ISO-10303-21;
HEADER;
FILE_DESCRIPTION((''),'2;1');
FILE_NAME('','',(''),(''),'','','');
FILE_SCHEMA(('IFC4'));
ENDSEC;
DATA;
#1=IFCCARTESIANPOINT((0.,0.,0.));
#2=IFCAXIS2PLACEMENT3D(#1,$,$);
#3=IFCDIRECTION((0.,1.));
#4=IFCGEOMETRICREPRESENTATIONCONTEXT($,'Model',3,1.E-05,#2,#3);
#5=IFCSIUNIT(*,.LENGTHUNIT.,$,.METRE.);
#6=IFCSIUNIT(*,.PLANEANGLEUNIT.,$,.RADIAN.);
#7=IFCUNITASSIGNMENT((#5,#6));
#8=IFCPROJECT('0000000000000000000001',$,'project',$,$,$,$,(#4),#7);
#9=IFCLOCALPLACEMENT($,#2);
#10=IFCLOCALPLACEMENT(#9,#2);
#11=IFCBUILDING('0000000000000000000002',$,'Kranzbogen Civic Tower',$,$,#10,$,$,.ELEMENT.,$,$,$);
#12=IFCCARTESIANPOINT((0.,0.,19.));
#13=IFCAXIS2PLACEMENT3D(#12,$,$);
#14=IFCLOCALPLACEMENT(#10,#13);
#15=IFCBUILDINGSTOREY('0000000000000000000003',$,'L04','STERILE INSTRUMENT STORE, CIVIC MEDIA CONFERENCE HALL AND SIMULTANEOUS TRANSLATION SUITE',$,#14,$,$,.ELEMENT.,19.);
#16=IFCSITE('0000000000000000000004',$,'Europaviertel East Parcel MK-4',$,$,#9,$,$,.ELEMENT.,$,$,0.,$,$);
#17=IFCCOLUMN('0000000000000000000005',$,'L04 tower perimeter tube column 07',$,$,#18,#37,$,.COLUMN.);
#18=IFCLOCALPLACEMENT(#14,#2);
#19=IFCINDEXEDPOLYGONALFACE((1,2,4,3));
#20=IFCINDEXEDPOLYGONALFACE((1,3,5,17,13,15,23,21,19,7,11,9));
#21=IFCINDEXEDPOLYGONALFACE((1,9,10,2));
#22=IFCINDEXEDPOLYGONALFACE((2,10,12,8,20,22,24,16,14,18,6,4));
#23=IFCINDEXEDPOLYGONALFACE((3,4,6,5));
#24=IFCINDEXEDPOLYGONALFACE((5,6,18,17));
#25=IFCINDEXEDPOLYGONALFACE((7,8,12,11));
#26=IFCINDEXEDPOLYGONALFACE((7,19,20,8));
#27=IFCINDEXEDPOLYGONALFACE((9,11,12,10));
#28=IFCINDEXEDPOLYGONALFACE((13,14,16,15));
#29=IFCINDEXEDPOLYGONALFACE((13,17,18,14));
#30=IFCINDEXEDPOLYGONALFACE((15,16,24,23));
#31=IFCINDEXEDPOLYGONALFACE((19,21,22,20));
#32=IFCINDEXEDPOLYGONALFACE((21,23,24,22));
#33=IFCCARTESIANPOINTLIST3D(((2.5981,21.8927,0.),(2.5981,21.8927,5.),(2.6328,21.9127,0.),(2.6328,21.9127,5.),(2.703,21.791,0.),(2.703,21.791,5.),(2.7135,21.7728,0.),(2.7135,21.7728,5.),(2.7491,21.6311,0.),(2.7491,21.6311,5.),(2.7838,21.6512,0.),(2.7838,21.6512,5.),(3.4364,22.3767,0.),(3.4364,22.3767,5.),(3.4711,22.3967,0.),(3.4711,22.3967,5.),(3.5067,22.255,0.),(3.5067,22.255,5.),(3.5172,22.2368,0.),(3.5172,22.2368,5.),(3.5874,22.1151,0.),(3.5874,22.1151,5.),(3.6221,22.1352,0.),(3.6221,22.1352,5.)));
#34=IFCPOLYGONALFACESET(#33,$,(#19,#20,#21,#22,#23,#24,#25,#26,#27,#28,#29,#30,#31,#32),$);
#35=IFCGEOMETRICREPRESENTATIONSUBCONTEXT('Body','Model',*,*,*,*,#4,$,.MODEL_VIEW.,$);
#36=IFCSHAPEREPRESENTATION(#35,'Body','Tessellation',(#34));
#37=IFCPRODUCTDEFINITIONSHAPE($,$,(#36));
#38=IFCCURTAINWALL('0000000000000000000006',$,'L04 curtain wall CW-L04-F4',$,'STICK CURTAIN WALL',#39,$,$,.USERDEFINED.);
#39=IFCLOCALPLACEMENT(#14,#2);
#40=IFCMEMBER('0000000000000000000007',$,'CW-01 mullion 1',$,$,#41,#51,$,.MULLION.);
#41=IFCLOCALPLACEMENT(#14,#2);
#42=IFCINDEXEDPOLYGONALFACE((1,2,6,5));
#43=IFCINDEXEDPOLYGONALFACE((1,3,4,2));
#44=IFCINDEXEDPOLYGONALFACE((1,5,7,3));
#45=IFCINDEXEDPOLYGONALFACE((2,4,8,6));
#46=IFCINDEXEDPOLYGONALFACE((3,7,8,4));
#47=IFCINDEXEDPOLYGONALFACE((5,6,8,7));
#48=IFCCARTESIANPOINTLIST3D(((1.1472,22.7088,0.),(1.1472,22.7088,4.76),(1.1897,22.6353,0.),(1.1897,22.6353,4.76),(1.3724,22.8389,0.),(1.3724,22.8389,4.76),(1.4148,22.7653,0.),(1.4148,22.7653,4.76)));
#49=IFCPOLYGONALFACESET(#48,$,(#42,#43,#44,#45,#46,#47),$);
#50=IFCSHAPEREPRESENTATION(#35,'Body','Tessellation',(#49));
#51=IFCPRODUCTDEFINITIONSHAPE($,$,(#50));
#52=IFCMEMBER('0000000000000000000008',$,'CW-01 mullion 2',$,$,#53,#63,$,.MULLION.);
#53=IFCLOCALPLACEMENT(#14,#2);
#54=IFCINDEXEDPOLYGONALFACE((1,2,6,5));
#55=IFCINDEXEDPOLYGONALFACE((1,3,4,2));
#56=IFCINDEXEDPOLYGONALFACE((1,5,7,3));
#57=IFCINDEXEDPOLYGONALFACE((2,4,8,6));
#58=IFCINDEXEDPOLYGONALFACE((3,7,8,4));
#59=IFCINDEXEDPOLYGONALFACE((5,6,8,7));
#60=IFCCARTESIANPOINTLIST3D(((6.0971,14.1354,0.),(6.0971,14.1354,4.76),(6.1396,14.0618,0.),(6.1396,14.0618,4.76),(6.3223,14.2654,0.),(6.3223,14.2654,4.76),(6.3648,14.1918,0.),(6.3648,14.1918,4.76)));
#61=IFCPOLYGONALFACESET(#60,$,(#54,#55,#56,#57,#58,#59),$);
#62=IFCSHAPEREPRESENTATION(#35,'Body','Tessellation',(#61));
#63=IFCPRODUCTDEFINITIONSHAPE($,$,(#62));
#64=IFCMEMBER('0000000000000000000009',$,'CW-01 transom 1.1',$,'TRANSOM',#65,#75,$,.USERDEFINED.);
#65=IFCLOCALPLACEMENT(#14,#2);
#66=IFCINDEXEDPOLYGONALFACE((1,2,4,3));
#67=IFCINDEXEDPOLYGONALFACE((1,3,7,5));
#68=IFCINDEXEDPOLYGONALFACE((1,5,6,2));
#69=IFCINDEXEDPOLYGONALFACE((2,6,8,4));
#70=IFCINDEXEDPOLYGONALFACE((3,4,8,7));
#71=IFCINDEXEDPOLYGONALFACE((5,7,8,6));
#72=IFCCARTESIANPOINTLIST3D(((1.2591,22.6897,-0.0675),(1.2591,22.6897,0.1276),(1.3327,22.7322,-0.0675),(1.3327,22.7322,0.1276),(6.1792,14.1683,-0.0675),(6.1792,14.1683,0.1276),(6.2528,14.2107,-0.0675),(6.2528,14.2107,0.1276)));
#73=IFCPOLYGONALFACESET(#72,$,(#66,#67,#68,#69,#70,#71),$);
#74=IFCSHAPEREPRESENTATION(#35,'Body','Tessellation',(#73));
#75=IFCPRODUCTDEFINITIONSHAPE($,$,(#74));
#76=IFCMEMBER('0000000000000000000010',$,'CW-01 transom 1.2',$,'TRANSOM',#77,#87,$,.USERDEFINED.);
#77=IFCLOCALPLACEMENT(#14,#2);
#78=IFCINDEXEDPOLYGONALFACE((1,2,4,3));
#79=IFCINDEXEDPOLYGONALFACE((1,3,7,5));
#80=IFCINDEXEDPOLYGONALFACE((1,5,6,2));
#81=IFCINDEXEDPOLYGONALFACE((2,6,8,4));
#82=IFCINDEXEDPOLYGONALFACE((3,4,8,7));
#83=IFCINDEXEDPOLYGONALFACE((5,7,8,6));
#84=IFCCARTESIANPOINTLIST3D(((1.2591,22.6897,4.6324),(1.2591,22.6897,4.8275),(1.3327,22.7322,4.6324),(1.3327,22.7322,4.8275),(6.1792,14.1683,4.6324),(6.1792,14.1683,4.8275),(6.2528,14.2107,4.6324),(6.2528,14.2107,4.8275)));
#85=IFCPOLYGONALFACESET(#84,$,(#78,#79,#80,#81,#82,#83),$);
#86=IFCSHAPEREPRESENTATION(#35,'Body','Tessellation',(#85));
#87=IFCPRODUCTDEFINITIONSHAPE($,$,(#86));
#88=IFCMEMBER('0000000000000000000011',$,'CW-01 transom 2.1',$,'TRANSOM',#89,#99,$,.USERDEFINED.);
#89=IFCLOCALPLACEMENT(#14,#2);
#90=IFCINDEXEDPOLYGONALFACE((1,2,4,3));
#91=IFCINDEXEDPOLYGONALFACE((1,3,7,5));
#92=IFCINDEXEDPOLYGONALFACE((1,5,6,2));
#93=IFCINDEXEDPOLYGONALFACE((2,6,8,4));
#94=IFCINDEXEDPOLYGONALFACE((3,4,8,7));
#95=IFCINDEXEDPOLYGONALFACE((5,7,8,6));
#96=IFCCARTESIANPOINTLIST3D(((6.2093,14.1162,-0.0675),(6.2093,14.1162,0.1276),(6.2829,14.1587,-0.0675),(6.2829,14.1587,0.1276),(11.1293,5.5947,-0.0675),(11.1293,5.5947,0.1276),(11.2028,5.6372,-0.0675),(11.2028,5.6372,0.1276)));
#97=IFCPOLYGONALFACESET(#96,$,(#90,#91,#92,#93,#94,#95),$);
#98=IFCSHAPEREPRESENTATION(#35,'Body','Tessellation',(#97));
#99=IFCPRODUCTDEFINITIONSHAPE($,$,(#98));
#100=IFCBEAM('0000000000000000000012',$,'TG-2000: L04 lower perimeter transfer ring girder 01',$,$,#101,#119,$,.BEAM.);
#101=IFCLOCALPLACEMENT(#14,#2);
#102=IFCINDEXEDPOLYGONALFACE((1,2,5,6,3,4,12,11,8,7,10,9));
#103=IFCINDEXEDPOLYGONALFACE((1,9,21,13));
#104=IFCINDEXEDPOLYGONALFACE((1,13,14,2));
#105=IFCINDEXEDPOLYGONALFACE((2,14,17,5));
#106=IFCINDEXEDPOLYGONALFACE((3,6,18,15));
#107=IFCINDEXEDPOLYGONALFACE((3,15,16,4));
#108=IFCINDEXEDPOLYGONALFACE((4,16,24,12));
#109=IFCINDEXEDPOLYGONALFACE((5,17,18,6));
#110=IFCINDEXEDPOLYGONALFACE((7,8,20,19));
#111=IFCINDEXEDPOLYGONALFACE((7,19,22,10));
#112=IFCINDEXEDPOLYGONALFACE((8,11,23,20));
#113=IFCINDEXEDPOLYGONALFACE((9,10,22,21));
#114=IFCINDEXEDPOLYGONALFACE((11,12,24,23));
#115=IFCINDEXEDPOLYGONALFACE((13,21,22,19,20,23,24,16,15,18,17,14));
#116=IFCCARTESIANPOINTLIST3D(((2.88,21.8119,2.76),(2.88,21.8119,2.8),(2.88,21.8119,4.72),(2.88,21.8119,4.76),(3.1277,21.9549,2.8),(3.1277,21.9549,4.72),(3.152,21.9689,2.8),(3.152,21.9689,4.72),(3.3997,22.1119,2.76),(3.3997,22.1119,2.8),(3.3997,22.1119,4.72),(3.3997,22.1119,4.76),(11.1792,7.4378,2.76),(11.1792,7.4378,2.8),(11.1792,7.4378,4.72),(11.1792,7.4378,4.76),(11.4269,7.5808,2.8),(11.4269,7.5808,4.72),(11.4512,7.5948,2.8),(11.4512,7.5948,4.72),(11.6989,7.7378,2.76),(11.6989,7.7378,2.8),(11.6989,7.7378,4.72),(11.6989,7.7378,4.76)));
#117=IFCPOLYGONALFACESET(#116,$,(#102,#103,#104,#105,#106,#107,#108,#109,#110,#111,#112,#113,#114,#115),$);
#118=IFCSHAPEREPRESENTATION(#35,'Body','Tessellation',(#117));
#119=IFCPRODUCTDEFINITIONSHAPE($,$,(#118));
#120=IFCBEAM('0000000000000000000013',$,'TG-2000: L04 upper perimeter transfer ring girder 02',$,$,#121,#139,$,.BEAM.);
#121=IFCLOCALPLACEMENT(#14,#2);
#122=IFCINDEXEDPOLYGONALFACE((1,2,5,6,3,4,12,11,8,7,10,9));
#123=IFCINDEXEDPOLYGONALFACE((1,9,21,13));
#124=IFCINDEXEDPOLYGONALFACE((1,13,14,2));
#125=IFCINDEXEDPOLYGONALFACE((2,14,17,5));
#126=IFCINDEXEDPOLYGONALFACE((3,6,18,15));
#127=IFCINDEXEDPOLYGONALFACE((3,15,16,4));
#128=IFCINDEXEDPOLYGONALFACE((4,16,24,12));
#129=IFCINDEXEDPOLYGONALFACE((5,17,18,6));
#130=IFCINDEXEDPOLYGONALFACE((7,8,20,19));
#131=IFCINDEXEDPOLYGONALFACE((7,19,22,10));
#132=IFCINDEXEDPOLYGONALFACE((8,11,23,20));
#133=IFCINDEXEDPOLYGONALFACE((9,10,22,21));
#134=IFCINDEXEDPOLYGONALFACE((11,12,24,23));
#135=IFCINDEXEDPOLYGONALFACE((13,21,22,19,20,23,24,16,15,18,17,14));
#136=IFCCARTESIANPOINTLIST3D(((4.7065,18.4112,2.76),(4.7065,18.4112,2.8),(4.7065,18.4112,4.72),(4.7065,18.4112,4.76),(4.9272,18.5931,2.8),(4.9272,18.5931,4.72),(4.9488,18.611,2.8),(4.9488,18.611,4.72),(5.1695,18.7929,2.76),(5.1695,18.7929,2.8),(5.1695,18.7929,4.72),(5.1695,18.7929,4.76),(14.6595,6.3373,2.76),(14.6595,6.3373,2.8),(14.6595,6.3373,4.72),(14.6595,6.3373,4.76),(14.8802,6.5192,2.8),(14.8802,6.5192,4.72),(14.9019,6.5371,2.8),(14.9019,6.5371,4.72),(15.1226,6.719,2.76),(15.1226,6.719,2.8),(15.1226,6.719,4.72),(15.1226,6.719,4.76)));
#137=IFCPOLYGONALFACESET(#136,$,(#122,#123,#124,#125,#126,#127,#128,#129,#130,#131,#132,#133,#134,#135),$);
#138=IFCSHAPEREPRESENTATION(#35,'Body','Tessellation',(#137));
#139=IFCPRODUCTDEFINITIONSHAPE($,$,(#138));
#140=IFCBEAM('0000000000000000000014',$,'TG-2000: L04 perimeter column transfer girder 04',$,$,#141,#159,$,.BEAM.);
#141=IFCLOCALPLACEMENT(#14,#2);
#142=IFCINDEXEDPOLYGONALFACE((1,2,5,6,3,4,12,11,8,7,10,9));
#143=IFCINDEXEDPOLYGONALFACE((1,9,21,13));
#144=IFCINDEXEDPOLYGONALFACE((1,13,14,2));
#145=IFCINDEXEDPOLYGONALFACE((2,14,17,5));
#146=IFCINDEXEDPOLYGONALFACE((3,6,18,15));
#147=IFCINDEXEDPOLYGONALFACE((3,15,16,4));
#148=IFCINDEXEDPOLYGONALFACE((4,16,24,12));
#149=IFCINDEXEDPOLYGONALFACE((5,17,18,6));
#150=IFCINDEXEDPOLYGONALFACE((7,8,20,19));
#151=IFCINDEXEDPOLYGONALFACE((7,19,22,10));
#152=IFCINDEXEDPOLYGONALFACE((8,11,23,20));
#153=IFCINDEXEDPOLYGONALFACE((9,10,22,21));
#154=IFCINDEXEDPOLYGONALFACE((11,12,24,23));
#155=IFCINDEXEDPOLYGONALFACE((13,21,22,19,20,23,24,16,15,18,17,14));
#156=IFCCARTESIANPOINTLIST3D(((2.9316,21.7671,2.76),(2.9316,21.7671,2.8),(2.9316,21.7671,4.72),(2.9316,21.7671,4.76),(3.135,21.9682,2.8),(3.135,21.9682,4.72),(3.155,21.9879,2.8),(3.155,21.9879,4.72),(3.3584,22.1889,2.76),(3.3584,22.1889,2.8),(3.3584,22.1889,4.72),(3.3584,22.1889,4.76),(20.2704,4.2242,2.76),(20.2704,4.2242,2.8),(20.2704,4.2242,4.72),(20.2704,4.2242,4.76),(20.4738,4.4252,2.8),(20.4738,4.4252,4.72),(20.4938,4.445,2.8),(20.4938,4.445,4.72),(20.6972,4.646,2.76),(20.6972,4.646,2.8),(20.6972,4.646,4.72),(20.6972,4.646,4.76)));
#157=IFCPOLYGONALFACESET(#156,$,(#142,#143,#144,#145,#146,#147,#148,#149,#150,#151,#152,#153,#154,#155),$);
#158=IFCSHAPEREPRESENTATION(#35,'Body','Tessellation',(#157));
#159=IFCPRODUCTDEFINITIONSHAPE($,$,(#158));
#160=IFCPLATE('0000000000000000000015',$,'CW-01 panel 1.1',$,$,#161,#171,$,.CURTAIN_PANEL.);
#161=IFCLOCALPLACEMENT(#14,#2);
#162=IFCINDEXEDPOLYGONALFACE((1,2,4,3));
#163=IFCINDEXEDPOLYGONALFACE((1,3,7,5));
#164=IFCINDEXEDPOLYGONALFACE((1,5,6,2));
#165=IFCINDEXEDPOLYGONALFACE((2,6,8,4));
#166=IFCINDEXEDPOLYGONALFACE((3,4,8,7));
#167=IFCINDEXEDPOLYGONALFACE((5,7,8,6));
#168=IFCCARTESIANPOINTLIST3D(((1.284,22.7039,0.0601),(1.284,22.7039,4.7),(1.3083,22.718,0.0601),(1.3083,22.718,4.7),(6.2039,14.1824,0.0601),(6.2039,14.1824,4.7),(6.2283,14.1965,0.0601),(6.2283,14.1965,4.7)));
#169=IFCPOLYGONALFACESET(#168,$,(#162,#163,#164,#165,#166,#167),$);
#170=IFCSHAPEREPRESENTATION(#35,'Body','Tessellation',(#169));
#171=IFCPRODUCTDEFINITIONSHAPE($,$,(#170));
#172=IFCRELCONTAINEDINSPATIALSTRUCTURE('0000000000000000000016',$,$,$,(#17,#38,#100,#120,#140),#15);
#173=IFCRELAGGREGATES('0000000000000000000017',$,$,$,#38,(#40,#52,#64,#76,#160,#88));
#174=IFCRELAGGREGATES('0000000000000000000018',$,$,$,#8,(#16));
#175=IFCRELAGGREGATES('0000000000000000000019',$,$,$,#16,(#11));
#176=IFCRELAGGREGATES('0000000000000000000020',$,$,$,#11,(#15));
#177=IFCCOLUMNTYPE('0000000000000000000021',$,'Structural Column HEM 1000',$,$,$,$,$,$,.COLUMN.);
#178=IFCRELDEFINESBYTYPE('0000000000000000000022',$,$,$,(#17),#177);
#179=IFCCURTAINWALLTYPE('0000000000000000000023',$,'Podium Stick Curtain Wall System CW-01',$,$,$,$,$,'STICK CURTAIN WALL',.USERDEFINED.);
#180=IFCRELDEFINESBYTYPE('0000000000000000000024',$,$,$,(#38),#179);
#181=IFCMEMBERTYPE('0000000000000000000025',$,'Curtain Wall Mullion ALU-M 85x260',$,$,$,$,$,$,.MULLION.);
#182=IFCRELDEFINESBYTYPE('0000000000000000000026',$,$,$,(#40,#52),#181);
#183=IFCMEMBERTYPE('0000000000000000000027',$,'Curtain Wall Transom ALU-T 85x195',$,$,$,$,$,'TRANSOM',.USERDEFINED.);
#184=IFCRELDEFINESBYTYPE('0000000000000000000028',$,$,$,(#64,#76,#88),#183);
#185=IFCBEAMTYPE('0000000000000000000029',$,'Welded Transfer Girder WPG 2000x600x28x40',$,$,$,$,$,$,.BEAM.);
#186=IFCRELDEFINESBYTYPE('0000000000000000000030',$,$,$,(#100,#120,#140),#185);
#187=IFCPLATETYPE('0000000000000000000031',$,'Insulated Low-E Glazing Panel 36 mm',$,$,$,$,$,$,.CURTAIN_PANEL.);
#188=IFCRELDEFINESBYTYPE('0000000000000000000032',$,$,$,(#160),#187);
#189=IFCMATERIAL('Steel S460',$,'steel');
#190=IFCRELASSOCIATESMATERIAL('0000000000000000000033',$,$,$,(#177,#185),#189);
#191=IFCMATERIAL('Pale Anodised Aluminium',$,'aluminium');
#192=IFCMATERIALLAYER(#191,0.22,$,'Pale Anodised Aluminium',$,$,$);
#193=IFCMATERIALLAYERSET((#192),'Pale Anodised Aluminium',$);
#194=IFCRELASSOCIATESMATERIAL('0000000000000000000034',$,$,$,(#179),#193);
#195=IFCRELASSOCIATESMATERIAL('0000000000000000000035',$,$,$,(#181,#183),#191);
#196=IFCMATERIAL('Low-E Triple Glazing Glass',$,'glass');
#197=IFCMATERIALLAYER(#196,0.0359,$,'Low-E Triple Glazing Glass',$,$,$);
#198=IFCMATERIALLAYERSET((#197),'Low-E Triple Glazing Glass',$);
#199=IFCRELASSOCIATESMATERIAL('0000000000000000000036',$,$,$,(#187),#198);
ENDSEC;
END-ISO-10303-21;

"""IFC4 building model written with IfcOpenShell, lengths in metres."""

from ifc_helpers import new_model, si_unit, direction, frame, origin, origin_2d, place, context, subcontext, project, spatial, rectangle, i_section, extrude, material, layer, layer_set, material_profile, profile_set, type_object, element, aggregate, save


model = new_model("IFC4")

# Units and contexts
model_context = context("Model", 3, precision=1e-05, world=origin(), true_north=direction((0.0, 1.0)))
body_context = subcontext(model_context, "Body", "Model", "MODEL_VIEW")
ifc_project = project(units=[si_unit("LENGTHUNIT", "METRE"), si_unit("PLANEANGLEUNIT", "RADIAN")], contexts=[model_context])

# Site, building, storey
site_placement = place(None, origin())
site = spatial("IfcSite", under=ifc_project, at=site_placement, Name="Europaviertel East Parcel MK-4", CompositionType="ELEMENT", RefElevation=0.0)
building_placement = place(site_placement, origin())
building = spatial("IfcBuilding", under=site, at=building_placement, Name="Kranzbogen Civic Tower", CompositionType="ELEMENT")
storey_placement = place(building_placement, frame((0.0, 0.0, 19.0)))
storey = spatial("IfcBuildingStorey", under=building, at=storey_placement, Name="L04", Description="STERILE INSTRUMENT STORE, CIVIC MEDIA CONFERENCE HALL AND SIMULTANEOUS TRANSLATION SUITE", CompositionType="ELEMENT", Elevation=19.0)

# Column
ifc_material_1 = material(Name="Steel S460", Category="steel")
ifc_material_profile_1 = material_profile(ifc_material_1, i_section(OverallWidth=0.302, OverallDepth=1.0081, WebThickness=0.021, FlangeThickness=0.04, at=origin_2d()), Name="HEM 1000")
ifc_profile_set_1 = profile_set([ifc_material_profile_1], Name="Steel S460")
column_type = type_object("IfcColumnType", Name="Structural Column HEM 1000", PredefinedType="COLUMN", material=ifc_profile_set_1)
column_placement = place(storey_placement, frame((3.1101, 22.0139, 0.0), z_axis=(0.0, 0.0, 1.0), x_axis=(-0.5, 0.866025, 0.0)))
element("IfcColumn", 1, at=column_placement, inside=storey, type_object=column_type, Name="L04 tower perimeter tube column 07", PredefinedType="COLUMN", context=body_context, shape_type="SweptSolid", body=[
    extrude(i_section(OverallWidth=0.302, OverallDepth=1.0081, WebThickness=0.021, FlangeThickness=0.04, at=origin_2d()), origin(), (0.0, 0.0, 1.0), 5.0),
])

# Curtain wall, members
ifc_material_2 = material(Name="Pale Anodised Aluminium", Category="aluminium")
ifc_layer_1 = layer(ifc_material_2, 0.22, Name="Pale Anodised Aluminium")
ifc_layer_set_1 = layer_set([ifc_layer_1], Name="Pale Anodised Aluminium")
curtain_wall_type = type_object("IfcCurtainWallType", Name="Podium Stick Curtain Wall System CW-01", ElementType="STICK CURTAIN WALL", PredefinedType="USERDEFINED", material=ifc_layer_set_1)
curtain_wall_placement = place(storey_placement, origin())
curtain_wall = element("IfcCurtainWall", 2, at=curtain_wall_placement, inside=storey, type_object=curtain_wall_type, Name="L04 curtain wall CW-L04-F4", ObjectType="STICK CURTAIN WALL", PredefinedType="USERDEFINED")
ifc_material_profile_2 = material_profile(ifc_material_2, rectangle(XDim=0.085, YDim=0.26, at=origin_2d()), Name="ALU-M 85x260")
ifc_profile_set_2 = profile_set([ifc_material_profile_2], Name="Pale Anodised Aluminium")
member_type_1 = type_object("IfcMemberType", Name="Curtain Wall Mullion ALU-M 85x260", PredefinedType="MULLION", material=ifc_profile_set_2)
member_1_placement = place(storey_placement, frame((1.281, 22.7371, 0.0), z_axis=(0.0, 0.0, 1.0), x_axis=(0.500006, -0.866022, 0.0)))
member_1 = element("IfcMember", 3, at=member_1_placement, type_object=member_type_1, Name="CW-01 mullion 1", PredefinedType="MULLION", context=body_context, shape_type="SweptSolid", body=[
    extrude(rectangle(XDim=0.085, YDim=0.26, at=origin_2d()), origin(), (0.0, 0.0, 1.0), 4.76),
])
member_2_placement = place(storey_placement, frame((6.231, 14.1636, 0.0), z_axis=(0.0, 0.0, 1.0), x_axis=(0.500006, -0.866022, 0.0)))
member_2 = element("IfcMember", 4, at=member_2_placement, type_object=member_type_1, Name="CW-01 mullion 2", PredefinedType="MULLION", context=body_context, shape_type="SweptSolid", body=[
    extrude(rectangle(XDim=0.085, YDim=0.26, at=origin_2d()), origin(), (0.0, 0.0, 1.0), 4.76),
])
ifc_material_profile_3 = material_profile(ifc_material_2, rectangle(XDim=0.085, YDim=0.1951, at=origin_2d()), Name="ALU-T 85x195")
ifc_profile_set_3 = profile_set([ifc_material_profile_3], Name="Pale Anodised Aluminium")
member_type_2 = type_object("IfcMemberType", Name="Curtain Wall Transom ALU-T 85x195", ElementType="TRANSOM", PredefinedType="USERDEFINED", material=ifc_profile_set_3)
member_3_placement = place(storey_placement, frame((1.2959, 22.7109, 0.03), z_axis=(0.500022, -0.866013, 0.0), x_axis=(0.866013, 0.500022, 0.0)))
member_3 = element("IfcMember", 5, at=member_3_placement, type_object=member_type_2, Name="CW-01 transom 1.1", ObjectType="TRANSOM", PredefinedType="USERDEFINED", context=body_context, shape_type="SweptSolid", body=[
    extrude(rectangle(XDim=0.085, YDim=0.1951, at=origin_2d()), origin(), (0.0, 0.0, 1.0), 9.8398),
])
member_4_placement = place(storey_placement, frame((1.2959, 22.7109, 4.73), z_axis=(0.500022, -0.866013, 0.0), x_axis=(0.866013, 0.500022, 0.0)))
member_4 = element("IfcMember", 6, at=member_4_placement, type_object=member_type_2, Name="CW-01 transom 1.2", ObjectType="TRANSOM", PredefinedType="USERDEFINED", context=body_context, shape_type="SweptSolid", body=[
    extrude(rectangle(XDim=0.085, YDim=0.1951, at=origin_2d()), origin(), (0.0, 0.0, 1.0), 9.8398),
])
member_5_placement = place(storey_placement, frame((6.2461, 14.1375, 0.03), z_axis=(0.500003, -0.866024, 0.0), x_axis=(0.866024, 0.500003, 0.0)))
member_5 = element("IfcMember", 7, at=member_5_placement, type_object=member_type_2, Name="CW-01 transom 2.1", ObjectType="TRANSOM", PredefinedType="USERDEFINED", context=body_context, shape_type="SweptSolid", body=[
    extrude(rectangle(XDim=0.085, YDim=0.1951, at=origin_2d()), origin(), (0.0, 0.0, 1.0), 9.8398),
])

# Beams
ifc_material_profile_4 = material_profile(ifc_material_1, i_section(OverallWidth=0.6001, OverallDepth=2.0, WebThickness=0.0281, FlangeThickness=0.04, at=origin_2d()), Name="WPG 2000x600x28x40")
ifc_profile_set_4 = profile_set([ifc_material_profile_4], Name="Steel S460")
beam_type = type_object("IfcBeamType", Name="Welded Transfer Girder WPG 2000x600x28x40", PredefinedType="BEAM", material=ifc_profile_set_4)
beam_1_placement = place(storey_placement, frame((3.1399, 21.9619, 3.76), z_axis=(0.50001, -0.86602, 0.0), x_axis=(0.86602, 0.50001, 0.0)))
element("IfcBeam", 8, at=beam_1_placement, inside=storey, type_object=beam_type, Name="TG-2000: L04 lower perimeter transfer ring girder 01", PredefinedType="BEAM", context=body_context, shape_type="SweptSolid", body=[
    extrude(i_section(OverallWidth=0.6001, OverallDepth=2.0, WebThickness=0.0281, FlangeThickness=0.04, at=origin_2d()), origin(), (0.0, 0.0, 1.0), 16.5979),
])
beam_2_placement = place(storey_placement, frame((4.938, 18.6021, 3.76), z_axis=(0.636082, -0.771621, 0.0), x_axis=(0.771621, 0.636082, 0.0)))
element("IfcBeam", 9, at=beam_2_placement, inside=storey, type_object=beam_type, Name="TG-2000: L04 upper perimeter transfer ring girder 02", PredefinedType="BEAM", context=body_context, shape_type="SweptSolid", body=[
    extrude(i_section(OverallWidth=0.6001, OverallDepth=2.0, WebThickness=0.0281, FlangeThickness=0.04, at=origin_2d()), origin(), (0.0, 0.0, 1.0), 15.6475),
])
beam_3_placement = place(storey_placement, frame((3.145, 21.978, 3.76), z_axis=(0.702957, -0.711232, 0.0), x_axis=(0.711232, 0.702957, 0.0)))
element("IfcBeam", 10, at=beam_3_placement, inside=storey, type_object=beam_type, Name="TG-2000: L04 perimeter column transfer girder 04", PredefinedType="BEAM", context=body_context, shape_type="SweptSolid", body=[
    extrude(i_section(OverallWidth=0.6001, OverallDepth=2.0, WebThickness=0.0281, FlangeThickness=0.04, at=origin_2d()), origin(), (0.0, 0.0, 1.0), 24.6655),
])

# Plate
ifc_material_3 = material(Name="Low-E Triple Glazing Glass", Category="glass")
ifc_layer_2 = layer(ifc_material_3, 0.0359, Name="Low-E Triple Glazing Glass")
ifc_layer_set_2 = layer_set([ifc_layer_2], Name="Low-E Triple Glazing Glass")
plate_type = type_object("IfcPlateType", Name="Insulated Low-E Glazing Panel 36 mm", PredefinedType="CURTAIN_PANEL", material=ifc_layer_set_2)
plate_placement = place(storey_placement, frame((3.7561, 18.4502, 0.0601), z_axis=(0.0, 0.0, 1.0), x_axis=(0.500006, -0.866022, 0.0)))
plate = element("IfcPlate", 11, at=plate_placement, type_object=plate_type, Name="CW-01 panel 1.1", PredefinedType="CURTAIN_PANEL", context=body_context, shape_type="SweptSolid", body=[
    extrude(rectangle(XDim=9.8398, YDim=0.0281, at=origin_2d()), origin(), (0.0, 0.0, 1.0), 4.6399),
])
aggregate(curtain_wall, [member_1, member_2, member_3, member_4, plate, member_5])

save(model, "model.ifc")
